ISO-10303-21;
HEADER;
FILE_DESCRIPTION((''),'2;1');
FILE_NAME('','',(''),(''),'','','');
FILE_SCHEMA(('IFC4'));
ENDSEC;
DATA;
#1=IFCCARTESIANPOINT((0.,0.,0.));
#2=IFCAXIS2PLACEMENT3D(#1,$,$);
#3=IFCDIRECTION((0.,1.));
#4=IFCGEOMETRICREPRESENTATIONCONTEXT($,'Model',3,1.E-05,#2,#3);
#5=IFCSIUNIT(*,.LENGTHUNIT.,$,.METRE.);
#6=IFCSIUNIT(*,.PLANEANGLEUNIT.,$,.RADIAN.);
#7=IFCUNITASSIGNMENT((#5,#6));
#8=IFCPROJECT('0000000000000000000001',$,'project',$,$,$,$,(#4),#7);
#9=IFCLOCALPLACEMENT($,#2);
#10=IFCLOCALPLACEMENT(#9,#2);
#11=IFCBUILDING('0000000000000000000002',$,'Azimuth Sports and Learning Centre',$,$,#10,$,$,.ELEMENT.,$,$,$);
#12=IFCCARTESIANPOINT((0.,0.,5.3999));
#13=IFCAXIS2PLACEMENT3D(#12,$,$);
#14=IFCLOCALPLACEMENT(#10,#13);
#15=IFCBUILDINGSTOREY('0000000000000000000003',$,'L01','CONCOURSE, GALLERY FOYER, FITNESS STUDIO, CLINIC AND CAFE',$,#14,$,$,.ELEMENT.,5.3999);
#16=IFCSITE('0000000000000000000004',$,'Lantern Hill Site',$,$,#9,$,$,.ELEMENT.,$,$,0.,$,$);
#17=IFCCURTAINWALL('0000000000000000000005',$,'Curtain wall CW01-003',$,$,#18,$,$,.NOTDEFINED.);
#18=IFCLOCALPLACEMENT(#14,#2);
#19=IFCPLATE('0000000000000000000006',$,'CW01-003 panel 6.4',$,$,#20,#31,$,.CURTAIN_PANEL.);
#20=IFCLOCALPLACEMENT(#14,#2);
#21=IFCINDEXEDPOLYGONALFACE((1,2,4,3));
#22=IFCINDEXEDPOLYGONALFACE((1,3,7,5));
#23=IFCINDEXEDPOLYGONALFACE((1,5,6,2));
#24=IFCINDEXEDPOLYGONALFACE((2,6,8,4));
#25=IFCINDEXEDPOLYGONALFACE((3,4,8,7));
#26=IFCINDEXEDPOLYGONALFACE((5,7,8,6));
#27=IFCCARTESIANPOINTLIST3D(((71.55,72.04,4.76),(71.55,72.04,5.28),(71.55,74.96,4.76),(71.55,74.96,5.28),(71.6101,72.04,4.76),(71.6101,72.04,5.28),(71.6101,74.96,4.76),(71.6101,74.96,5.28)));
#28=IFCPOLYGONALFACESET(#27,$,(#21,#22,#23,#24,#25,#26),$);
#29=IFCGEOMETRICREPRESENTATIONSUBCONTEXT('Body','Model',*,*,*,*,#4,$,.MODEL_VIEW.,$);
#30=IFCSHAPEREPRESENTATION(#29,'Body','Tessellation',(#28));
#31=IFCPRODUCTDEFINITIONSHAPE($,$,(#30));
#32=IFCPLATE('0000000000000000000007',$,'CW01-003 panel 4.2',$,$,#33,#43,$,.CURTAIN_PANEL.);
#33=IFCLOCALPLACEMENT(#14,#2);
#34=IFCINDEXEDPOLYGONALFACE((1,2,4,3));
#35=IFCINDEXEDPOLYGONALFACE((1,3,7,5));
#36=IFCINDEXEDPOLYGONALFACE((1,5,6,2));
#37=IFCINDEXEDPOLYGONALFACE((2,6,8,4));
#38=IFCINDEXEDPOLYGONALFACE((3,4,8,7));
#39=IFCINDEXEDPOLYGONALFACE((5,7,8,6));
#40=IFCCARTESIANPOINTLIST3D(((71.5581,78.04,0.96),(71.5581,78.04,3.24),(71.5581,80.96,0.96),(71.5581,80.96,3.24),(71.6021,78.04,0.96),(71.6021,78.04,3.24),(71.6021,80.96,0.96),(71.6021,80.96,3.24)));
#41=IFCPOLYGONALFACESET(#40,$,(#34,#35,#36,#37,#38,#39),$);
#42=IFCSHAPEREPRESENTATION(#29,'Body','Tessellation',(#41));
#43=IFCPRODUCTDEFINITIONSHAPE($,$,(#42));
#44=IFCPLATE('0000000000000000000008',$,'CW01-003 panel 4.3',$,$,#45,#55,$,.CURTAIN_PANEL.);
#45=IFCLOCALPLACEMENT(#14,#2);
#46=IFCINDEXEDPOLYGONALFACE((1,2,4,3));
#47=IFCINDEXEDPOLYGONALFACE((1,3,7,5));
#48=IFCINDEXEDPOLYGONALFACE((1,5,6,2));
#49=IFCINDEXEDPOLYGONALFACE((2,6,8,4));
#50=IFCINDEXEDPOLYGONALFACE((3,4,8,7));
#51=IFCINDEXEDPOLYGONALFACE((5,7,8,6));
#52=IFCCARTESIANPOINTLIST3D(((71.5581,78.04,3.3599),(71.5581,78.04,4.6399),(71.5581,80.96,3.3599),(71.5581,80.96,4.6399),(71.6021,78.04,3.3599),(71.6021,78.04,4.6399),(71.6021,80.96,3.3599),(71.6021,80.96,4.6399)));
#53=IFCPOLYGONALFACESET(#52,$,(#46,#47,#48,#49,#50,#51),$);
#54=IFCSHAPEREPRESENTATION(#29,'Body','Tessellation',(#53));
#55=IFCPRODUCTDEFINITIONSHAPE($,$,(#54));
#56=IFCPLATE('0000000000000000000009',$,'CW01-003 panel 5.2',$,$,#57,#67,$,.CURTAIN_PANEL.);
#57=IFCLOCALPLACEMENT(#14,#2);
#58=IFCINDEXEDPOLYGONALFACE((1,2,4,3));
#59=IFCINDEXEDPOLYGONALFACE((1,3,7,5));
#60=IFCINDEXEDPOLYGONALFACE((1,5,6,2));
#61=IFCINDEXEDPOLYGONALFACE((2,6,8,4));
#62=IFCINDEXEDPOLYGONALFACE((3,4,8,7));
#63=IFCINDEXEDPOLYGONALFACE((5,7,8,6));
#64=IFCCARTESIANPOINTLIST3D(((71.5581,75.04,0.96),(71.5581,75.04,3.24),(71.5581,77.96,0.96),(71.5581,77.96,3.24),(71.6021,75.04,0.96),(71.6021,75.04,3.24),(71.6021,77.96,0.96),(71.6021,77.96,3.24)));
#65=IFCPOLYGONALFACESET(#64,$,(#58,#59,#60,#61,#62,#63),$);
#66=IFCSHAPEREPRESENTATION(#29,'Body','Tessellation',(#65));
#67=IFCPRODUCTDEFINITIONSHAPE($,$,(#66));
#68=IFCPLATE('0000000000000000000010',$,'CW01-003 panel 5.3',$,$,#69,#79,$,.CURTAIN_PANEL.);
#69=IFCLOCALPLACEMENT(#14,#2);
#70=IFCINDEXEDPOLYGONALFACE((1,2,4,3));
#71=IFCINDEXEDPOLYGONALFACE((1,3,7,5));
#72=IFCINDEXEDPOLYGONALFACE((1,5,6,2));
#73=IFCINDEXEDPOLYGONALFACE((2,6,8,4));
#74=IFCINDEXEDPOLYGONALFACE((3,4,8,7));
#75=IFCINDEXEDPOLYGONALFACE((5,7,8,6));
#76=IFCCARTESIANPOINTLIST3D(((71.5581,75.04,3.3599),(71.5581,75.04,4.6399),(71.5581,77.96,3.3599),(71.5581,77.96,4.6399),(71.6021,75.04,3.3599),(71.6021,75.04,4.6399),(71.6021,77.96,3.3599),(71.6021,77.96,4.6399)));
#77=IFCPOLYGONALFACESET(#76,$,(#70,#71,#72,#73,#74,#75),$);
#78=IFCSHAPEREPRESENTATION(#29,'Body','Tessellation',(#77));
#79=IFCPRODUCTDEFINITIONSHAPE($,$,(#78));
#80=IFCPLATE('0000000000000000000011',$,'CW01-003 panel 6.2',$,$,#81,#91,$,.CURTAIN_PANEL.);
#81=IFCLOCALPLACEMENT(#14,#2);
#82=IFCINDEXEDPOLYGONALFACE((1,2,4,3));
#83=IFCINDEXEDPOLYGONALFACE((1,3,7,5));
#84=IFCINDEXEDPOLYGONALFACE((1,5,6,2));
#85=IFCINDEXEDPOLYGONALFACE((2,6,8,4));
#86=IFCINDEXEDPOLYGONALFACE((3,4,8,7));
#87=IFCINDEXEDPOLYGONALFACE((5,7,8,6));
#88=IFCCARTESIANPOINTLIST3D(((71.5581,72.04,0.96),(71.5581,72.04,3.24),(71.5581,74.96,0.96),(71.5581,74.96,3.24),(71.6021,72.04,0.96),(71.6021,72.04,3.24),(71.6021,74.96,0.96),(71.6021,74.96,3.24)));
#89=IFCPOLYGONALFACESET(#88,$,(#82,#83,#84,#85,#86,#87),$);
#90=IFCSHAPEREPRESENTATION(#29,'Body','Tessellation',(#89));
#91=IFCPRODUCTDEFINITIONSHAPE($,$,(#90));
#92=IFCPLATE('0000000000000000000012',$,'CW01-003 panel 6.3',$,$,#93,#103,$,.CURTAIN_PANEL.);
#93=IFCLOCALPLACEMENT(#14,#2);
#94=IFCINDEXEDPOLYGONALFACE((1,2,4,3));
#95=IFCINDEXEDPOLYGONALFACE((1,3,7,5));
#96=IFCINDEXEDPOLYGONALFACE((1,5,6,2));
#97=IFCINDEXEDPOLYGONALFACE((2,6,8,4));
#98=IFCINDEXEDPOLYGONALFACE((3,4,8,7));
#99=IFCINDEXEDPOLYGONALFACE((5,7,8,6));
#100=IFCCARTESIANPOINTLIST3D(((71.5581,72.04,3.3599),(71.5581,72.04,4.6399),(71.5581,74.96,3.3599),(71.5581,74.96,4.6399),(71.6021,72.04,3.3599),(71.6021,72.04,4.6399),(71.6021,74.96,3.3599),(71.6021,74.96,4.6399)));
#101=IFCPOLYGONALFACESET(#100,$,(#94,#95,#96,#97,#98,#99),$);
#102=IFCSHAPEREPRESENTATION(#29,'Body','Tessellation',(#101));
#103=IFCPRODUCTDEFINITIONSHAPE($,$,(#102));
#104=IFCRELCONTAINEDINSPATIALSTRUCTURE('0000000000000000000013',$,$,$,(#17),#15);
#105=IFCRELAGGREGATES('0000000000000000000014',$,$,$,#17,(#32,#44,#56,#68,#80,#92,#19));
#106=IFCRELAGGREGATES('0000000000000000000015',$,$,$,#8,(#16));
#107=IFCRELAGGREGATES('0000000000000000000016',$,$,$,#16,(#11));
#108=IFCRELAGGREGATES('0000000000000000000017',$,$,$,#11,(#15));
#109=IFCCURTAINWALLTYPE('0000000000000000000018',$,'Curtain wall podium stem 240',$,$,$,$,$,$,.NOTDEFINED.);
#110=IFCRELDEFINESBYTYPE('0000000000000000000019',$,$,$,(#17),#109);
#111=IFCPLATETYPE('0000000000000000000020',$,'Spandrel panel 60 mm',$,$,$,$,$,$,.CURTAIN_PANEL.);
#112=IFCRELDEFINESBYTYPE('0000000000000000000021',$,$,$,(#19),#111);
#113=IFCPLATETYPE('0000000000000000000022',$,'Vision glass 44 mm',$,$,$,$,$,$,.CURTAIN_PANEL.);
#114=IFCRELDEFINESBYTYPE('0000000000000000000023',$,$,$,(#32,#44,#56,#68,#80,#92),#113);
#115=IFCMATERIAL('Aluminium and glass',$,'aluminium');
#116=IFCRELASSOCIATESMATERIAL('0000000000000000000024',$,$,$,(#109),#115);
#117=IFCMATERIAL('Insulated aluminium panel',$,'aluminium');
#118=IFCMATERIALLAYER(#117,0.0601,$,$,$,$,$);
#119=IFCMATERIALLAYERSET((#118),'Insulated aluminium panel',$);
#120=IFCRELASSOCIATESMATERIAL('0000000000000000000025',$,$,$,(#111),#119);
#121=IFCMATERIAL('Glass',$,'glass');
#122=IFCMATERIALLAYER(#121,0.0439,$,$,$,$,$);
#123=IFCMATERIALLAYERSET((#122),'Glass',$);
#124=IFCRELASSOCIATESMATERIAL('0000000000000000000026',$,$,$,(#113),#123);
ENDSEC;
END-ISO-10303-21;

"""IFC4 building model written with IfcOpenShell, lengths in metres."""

from ifc_helpers import new_model, si_unit, direction, frame, origin, origin_2d, place, context, subcontext, project, spatial, rectangle, extrude, material, layer, layer_set, type_object, element, aggregate, save


model = new_model("IFC4")

# Units and contexts
model_context = context("Model", 3, precision=1e-05, world=origin(), true_north=direction((0.0, 1.0)))
body_context = subcontext(model_context, "Body", "Model", "MODEL_VIEW")
ifc_project = project(units=[si_unit("LENGTHUNIT", "METRE"), si_unit("PLANEANGLEUNIT", "RADIAN")], contexts=[model_context])

# Site, building, storey
site_placement = place(None, origin())
site = spatial("IfcSite", under=ifc_project, at=site_placement, Name="Lantern Hill Site", CompositionType="ELEMENT", RefElevation=0.0)
building_placement = place(site_placement, origin())
building = spatial("IfcBuilding", under=site, at=building_placement, Name="Azimuth Sports and Learning Centre", CompositionType="ELEMENT")
storey_placement = place(building_placement, frame((0.0, 0.0, 5.3999)))
storey = spatial("IfcBuildingStorey", under=building, at=storey_placement, Name="L01", Description="CONCOURSE, GALLERY FOYER, FITNESS STUDIO, CLINIC AND CAFE", CompositionType="ELEMENT", Elevation=5.3999)

# Curtain wall, plates
ifc_material_1 = material(Name="Aluminium and glass", Category="aluminium")
curtain_wall_type = type_object("IfcCurtainWallType", Name="Curtain wall podium stem 240", PredefinedType="NOTDEFINED", material=ifc_material_1)
curtain_wall_placement = place(storey_placement, origin())
curtain_wall = element("IfcCurtainWall", 1, at=curtain_wall_placement, inside=storey, type_object=curtain_wall_type, Name="Curtain wall CW01-003", PredefinedType="NOTDEFINED")
ifc_material_2 = material(Name="Insulated aluminium panel", Category="aluminium")
ifc_layer_1 = layer(ifc_material_2, 0.0601)
ifc_layer_set_1 = layer_set([ifc_layer_1], Name="Insulated aluminium panel")
plate_type_1 = type_object("IfcPlateType", Name="Spandrel panel 60 mm", PredefinedType="CURTAIN_PANEL", material=ifc_layer_set_1)
plate_1_placement = place(storey_placement, frame((71.5801, 73.5, 4.76), z_axis=(0.0, 0.0, 1.0), x_axis=(0.0, -1.0, 0.0)))
plate_1 = element("IfcPlate", 2, at=plate_1_placement, type_object=plate_type_1, Name="CW01-003 panel 6.4", PredefinedType="CURTAIN_PANEL", context=body_context, shape_type="SweptSolid", body=[
    extrude(rectangle(XDim=2.9199, YDim=0.0601, at=origin_2d()), origin(), (0.0, 0.0, 1.0), 0.52),
])
ifc_material_3 = material(Name="Glass", Category="glass")
ifc_layer_2 = layer(ifc_material_3, 0.0439)
ifc_layer_set_2 = layer_set([ifc_layer_2], Name="Glass")
plate_type_2 = type_object("IfcPlateType", Name="Vision glass 44 mm", PredefinedType="CURTAIN_PANEL", material=ifc_layer_set_2)
plate_2_placement = place(storey_placement, frame((71.5801, 79.5, 0.96), z_axis=(0.0, 0.0, 1.0), x_axis=(0.0, -1.0, 0.0)))
plate_2 = element("IfcPlate", 3, at=plate_2_placement, type_object=plate_type_2, Name="CW01-003 panel 4.2", PredefinedType="CURTAIN_PANEL", context=body_context, shape_type="SweptSolid", body=[
    extrude(rectangle(XDim=2.9199, YDim=0.0439, at=origin_2d()), origin(), (0.0, 0.0, 1.0), 2.28),
])
plate_3_placement = place(storey_placement, frame((71.5801, 79.5, 3.3599), z_axis=(0.0, 0.0, 1.0), x_axis=(0.0, -1.0, 0.0)))
plate_3 = element("IfcPlate", 4, at=plate_3_placement, type_object=plate_type_2, Name="CW01-003 panel 4.3", PredefinedType="CURTAIN_PANEL", context=body_context, shape_type="SweptSolid", body=[
    extrude(rectangle(XDim=2.9199, YDim=0.0439, at=origin_2d()), origin(), (0.0, 0.0, 1.0), 1.28),
])
plate_4_placement = place(storey_placement, frame((71.5801, 76.5, 0.96), z_axis=(0.0, 0.0, 1.0), x_axis=(0.0, -1.0, 0.0)))
plate_4 = element("IfcPlate", 5, at=plate_4_placement, type_object=plate_type_2, Name="CW01-003 panel 5.2", PredefinedType="CURTAIN_PANEL", context=body_context, shape_type="SweptSolid", body=[
    extrude(rectangle(XDim=2.9199, YDim=0.0439, at=origin_2d()), origin(), (0.0, 0.0, 1.0), 2.28),
])
plate_5_placement = place(storey_placement, frame((71.5801, 76.5, 3.3599), z_axis=(0.0, 0.0, 1.0), x_axis=(0.0, -1.0, 0.0)))
plate_5 = element("IfcPlate", 6, at=plate_5_placement, type_object=plate_type_2, Name="CW01-003 panel 5.3", PredefinedType="CURTAIN_PANEL", context=body_context, shape_type="SweptSolid", body=[
    extrude(rectangle(XDim=2.9199, YDim=0.0439, at=origin_2d()), origin(), (0.0, 0.0, 1.0), 1.28),
])
plate_6_placement = place(storey_placement, frame((71.5801, 73.5, 0.96), z_axis=(0.0, 0.0, 1.0), x_axis=(0.0, -1.0, 0.0)))
plate_6 = element("IfcPlate", 7, at=plate_6_placement, type_object=plate_type_2, Name="CW01-003 panel 6.2", PredefinedType="CURTAIN_PANEL", context=body_context, shape_type="SweptSolid", body=[
    extrude(rectangle(XDim=2.9199, YDim=0.0439, at=origin_2d()), origin(), (0.0, 0.0, 1.0), 2.28),
])
plate_7_placement = place(storey_placement, frame((71.5801, 73.5, 3.3599), z_axis=(0.0, 0.0, 1.0), x_axis=(0.0, -1.0, 0.0)))
plate_7 = element("IfcPlate", 8, at=plate_7_placement, type_object=plate_type_2, Name="CW01-003 panel 6.3", PredefinedType="CURTAIN_PANEL", context=body_context, shape_type="SweptSolid", body=[
    extrude(rectangle(XDim=2.9199, YDim=0.0439, at=origin_2d()), origin(), (0.0, 0.0, 1.0), 1.28),
])
aggregate(curtain_wall, [plate_2, plate_3, plate_4, plate_5, plate_6, plate_7, plate_1])

save(model, "model.ifc")
